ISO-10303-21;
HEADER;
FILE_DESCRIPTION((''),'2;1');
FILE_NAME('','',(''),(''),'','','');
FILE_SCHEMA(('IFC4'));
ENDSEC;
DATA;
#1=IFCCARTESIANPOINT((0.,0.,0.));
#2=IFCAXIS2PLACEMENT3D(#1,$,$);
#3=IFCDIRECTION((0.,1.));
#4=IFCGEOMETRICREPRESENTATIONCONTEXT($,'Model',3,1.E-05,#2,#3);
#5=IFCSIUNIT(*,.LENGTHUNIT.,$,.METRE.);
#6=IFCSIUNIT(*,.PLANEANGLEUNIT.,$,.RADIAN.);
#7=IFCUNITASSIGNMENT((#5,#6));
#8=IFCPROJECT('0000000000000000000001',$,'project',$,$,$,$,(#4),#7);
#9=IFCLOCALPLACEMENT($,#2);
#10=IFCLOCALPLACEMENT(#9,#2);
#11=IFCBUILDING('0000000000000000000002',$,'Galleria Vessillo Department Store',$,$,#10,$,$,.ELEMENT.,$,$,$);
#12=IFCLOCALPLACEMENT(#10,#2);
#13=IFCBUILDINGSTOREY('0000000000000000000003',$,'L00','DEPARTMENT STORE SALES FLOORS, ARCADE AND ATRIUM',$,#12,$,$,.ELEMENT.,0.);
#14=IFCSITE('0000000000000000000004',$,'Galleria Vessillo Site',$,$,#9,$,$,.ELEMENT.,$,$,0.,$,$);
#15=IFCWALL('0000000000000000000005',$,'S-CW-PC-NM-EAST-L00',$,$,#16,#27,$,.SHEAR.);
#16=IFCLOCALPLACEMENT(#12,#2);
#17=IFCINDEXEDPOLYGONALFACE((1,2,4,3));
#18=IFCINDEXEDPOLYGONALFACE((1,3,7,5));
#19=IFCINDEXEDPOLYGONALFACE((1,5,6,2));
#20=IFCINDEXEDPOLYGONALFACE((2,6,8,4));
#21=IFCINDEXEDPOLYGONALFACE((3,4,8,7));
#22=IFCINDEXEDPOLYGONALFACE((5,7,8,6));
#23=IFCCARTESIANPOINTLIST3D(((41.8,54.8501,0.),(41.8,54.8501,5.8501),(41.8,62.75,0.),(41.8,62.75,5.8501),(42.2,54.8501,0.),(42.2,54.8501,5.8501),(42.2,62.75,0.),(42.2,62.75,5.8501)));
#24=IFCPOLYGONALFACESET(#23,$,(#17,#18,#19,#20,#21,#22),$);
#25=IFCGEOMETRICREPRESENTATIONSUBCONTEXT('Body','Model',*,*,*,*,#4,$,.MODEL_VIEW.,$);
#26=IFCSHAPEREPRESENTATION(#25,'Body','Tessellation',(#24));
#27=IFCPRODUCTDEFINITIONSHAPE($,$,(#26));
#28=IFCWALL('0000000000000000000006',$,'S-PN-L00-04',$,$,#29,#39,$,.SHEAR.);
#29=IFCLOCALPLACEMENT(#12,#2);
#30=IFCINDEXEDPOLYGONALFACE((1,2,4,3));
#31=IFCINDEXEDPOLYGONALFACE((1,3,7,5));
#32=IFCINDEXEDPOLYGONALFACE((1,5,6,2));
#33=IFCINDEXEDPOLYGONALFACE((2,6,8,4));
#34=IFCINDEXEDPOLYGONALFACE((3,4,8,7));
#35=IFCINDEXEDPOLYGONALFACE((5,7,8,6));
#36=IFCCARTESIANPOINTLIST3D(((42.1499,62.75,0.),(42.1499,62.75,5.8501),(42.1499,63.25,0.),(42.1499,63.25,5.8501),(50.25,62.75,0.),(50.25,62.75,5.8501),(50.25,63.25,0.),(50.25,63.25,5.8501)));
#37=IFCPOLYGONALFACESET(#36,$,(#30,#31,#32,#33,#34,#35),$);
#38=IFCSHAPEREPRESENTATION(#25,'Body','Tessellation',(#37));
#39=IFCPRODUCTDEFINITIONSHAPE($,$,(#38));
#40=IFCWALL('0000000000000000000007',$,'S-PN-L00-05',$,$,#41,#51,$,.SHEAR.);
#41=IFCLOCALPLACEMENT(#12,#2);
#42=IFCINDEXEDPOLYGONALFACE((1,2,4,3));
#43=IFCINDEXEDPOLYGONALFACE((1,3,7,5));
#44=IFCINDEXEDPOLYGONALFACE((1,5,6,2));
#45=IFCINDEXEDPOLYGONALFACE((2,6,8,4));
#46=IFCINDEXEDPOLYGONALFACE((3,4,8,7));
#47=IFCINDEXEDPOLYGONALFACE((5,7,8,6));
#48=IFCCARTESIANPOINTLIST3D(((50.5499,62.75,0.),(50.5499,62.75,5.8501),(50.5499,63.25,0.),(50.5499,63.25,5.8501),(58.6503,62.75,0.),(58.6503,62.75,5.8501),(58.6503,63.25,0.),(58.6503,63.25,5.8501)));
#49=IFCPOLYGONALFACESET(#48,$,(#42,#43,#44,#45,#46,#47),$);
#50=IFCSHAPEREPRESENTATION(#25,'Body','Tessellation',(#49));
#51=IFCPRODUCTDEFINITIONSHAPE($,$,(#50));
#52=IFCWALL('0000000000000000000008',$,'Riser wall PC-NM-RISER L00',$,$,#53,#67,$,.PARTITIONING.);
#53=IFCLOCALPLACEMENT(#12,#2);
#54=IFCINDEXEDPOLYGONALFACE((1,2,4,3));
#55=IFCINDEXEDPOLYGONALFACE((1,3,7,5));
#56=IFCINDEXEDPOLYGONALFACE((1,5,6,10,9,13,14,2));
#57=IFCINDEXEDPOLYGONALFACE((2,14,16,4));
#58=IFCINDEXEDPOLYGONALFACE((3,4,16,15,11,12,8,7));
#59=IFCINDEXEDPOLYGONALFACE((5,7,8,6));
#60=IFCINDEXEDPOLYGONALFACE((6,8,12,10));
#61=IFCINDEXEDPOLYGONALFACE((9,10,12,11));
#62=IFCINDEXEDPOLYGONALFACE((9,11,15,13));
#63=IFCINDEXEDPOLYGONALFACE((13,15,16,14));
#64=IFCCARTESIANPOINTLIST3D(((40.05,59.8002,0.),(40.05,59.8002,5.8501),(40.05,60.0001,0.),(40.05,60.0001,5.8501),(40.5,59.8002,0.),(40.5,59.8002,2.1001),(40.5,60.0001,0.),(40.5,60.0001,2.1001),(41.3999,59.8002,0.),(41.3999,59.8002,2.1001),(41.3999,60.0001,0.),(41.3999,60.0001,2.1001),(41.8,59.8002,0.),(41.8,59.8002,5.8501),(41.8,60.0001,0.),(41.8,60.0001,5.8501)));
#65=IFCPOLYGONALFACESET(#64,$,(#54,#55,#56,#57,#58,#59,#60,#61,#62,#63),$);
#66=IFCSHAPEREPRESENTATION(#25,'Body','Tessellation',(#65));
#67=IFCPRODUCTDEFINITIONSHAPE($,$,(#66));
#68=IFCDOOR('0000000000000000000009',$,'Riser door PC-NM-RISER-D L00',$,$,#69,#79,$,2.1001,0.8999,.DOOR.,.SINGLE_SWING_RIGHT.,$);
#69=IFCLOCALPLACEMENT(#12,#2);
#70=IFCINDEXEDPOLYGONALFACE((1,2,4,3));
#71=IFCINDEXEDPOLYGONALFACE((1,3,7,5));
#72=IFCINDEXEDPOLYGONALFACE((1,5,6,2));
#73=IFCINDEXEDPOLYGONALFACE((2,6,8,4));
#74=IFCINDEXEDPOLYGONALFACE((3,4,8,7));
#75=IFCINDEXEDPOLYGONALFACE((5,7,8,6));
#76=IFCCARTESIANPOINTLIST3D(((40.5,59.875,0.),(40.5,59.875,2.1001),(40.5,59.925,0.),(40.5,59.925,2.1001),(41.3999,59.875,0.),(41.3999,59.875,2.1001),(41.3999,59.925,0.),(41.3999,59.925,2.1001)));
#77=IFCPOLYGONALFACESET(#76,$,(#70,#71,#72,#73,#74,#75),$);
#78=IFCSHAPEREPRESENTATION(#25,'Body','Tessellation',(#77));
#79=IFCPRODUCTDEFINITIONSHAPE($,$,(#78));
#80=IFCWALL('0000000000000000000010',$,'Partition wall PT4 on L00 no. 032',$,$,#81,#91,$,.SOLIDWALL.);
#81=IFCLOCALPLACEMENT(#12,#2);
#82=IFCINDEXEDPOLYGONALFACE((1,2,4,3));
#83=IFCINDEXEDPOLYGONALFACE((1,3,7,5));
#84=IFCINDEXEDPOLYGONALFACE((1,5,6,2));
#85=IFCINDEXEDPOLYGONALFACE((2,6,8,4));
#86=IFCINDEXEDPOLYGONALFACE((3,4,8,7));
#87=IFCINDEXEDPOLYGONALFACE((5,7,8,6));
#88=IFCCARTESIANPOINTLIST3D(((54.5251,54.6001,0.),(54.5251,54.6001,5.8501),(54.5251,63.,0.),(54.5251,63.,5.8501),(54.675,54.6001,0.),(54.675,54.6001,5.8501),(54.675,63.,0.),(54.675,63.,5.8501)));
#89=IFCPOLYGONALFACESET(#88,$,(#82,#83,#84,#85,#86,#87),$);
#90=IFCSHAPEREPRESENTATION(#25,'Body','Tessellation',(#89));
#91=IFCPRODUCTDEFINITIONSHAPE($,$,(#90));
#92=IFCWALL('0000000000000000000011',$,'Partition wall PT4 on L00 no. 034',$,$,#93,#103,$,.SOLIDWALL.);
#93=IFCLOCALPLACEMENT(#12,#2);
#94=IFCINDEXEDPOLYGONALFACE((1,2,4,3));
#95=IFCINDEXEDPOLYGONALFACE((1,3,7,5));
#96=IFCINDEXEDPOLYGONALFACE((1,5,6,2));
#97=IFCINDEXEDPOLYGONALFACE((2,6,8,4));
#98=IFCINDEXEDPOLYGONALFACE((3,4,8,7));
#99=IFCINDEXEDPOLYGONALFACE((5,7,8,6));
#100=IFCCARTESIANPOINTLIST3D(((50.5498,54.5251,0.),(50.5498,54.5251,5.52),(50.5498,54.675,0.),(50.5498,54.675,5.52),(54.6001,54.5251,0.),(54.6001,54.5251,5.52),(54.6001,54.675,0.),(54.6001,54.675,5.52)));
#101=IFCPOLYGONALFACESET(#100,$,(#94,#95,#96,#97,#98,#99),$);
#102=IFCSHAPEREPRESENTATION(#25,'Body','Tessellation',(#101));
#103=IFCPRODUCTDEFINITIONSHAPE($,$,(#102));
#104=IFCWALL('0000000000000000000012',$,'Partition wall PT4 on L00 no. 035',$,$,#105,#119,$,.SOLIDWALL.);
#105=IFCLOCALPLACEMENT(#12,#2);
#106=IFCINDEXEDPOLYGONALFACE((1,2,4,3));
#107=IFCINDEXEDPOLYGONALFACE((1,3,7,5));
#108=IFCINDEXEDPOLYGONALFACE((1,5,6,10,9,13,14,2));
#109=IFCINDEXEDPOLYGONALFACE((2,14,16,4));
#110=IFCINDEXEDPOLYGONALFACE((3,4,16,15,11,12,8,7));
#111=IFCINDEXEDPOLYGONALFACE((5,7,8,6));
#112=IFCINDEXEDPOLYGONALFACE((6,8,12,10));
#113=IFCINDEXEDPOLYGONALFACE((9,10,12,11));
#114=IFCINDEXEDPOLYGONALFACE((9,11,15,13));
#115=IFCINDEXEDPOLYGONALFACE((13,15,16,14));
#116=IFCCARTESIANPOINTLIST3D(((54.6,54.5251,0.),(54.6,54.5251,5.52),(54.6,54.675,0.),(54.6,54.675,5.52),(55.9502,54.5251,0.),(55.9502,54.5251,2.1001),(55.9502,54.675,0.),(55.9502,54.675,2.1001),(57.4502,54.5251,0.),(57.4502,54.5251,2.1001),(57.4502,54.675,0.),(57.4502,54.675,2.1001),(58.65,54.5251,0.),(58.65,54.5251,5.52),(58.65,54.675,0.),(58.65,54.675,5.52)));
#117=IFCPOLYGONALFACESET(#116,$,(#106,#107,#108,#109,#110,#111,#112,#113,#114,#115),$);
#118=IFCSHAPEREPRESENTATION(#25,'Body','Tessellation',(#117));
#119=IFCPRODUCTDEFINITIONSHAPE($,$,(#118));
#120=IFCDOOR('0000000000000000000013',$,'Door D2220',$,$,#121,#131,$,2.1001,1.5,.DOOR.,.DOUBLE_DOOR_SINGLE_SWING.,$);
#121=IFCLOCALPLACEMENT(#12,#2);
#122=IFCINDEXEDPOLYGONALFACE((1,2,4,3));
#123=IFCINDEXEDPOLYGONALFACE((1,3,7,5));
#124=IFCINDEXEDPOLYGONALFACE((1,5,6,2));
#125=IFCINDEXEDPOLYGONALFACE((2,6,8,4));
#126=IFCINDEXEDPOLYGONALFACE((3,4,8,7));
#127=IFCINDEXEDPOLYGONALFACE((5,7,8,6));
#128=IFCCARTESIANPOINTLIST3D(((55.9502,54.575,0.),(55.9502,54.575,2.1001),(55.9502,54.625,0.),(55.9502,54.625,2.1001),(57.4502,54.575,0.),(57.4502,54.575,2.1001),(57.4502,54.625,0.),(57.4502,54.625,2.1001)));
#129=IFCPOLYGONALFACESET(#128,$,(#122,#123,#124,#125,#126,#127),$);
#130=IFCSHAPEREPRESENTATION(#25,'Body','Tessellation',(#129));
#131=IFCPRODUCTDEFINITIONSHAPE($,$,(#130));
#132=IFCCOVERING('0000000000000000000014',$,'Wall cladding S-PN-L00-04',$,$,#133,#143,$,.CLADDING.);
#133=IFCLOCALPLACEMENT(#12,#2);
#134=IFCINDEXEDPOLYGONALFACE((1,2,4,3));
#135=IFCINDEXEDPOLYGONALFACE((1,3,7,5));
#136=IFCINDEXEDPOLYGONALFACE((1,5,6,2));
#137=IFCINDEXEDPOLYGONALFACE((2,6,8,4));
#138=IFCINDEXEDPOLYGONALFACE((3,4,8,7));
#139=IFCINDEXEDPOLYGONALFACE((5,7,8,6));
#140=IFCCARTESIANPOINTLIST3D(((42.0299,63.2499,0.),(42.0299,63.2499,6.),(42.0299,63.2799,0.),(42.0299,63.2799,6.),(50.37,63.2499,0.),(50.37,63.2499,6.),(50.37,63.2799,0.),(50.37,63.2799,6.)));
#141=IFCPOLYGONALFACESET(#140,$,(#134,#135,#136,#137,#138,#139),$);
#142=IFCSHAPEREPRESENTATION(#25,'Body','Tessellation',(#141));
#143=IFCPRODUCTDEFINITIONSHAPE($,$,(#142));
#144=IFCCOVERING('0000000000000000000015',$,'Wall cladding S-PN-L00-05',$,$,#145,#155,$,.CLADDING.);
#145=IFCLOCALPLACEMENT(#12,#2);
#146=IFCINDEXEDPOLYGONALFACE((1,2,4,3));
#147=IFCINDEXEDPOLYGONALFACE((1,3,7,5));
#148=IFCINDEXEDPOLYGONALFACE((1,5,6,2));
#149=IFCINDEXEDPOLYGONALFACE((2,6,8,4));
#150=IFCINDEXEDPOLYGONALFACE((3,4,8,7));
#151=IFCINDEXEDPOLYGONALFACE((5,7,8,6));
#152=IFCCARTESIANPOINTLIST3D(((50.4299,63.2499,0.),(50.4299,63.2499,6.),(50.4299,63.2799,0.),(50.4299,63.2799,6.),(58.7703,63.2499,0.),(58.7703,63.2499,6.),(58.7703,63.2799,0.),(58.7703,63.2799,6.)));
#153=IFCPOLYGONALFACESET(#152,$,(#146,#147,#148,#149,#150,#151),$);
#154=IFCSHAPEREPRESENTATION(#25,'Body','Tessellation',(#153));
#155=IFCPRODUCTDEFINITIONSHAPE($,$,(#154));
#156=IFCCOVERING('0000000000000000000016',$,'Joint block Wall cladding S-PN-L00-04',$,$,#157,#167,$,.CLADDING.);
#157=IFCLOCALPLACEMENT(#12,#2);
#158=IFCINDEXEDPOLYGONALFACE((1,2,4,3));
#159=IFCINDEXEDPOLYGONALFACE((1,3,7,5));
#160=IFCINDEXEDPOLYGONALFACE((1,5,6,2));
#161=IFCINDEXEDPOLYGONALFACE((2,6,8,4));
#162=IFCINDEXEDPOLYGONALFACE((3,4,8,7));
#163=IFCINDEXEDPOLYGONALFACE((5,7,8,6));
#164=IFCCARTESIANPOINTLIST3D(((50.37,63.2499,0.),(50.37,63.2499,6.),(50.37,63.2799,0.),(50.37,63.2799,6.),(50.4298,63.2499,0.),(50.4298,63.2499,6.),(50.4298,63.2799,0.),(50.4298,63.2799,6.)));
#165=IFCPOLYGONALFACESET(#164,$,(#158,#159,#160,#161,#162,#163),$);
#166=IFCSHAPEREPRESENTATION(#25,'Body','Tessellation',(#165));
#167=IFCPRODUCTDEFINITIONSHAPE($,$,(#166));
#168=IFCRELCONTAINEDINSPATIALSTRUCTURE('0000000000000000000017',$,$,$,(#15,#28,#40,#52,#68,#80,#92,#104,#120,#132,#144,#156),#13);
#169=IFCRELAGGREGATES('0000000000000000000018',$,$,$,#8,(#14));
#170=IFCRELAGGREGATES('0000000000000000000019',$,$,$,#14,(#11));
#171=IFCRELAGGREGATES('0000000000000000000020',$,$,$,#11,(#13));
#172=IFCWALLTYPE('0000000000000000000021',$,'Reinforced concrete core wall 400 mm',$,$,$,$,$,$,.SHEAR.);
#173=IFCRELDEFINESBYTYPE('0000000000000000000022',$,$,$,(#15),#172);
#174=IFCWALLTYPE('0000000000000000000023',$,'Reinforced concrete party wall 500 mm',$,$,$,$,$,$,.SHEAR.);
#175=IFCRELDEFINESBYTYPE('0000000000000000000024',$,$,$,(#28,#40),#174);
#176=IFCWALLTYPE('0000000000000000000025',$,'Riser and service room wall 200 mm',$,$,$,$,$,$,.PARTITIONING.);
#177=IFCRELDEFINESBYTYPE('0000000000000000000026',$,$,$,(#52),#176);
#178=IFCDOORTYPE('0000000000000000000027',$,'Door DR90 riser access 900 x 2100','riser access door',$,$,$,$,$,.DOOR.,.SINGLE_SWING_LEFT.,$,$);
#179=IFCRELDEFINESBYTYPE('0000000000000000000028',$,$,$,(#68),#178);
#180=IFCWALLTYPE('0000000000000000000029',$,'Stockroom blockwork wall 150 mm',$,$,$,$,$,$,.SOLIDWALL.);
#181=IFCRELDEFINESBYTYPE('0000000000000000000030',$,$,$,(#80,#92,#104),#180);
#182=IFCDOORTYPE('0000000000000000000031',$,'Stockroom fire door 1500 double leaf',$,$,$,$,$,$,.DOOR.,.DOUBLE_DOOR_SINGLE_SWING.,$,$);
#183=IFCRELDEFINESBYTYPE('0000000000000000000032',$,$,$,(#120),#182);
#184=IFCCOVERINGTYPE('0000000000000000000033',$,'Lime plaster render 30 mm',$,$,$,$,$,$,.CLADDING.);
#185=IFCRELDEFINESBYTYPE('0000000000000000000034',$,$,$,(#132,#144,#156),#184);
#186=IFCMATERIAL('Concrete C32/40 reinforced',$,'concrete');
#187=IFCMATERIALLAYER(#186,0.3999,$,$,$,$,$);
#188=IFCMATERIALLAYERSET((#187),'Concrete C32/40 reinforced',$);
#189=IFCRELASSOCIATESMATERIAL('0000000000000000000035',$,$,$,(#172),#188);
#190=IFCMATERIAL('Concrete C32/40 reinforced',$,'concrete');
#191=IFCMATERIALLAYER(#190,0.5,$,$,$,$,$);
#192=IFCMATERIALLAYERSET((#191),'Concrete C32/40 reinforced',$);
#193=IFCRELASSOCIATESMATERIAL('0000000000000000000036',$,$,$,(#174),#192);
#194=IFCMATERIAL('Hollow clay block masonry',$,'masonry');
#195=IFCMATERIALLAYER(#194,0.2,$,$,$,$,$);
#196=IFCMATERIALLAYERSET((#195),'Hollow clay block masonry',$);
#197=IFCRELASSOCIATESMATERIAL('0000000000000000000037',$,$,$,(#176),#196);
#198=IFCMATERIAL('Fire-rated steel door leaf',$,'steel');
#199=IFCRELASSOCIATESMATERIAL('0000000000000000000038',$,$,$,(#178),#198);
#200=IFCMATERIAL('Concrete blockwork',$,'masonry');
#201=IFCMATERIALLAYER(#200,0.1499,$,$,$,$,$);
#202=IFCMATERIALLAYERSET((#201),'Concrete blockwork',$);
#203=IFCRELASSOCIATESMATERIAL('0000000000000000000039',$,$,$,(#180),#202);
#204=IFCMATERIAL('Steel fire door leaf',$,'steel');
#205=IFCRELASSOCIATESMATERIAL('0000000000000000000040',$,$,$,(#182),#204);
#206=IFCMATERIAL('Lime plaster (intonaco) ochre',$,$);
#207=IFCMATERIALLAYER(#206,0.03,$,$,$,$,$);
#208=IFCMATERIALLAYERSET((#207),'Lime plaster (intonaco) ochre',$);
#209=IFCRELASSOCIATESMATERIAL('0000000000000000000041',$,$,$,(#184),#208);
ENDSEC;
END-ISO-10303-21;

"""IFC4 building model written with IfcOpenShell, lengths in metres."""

from ifc_helpers import new_model, si_unit, direction, frame, frame_2d, origin, origin_2d, place, context, subcontext, project, spatial, rectangle, extrude, material, layer, layer_set, type_object, element, fill, save


model = new_model("IFC4")

# Units and contexts
model_context = context("Model", 3, precision=1e-05, world=origin(), true_north=direction((0.0, 1.0)))
body_context = subcontext(model_context, "Body", "Model", "MODEL_VIEW")
ifc_project = project(units=[si_unit("LENGTHUNIT", "METRE"), si_unit("PLANEANGLEUNIT", "RADIAN")], contexts=[model_context])

# Site, building, storey
site_placement = place(None, origin())
site = spatial("IfcSite", under=ifc_project, at=site_placement, Name="Galleria Vessillo Site", CompositionType="ELEMENT", RefElevation=0.0)
building_placement = place(site_placement, origin())
building = spatial("IfcBuilding", under=site, at=building_placement, Name="Galleria Vessillo Department Store", CompositionType="ELEMENT")
storey_placement = place(building_placement, origin())
storey = spatial("IfcBuildingStorey", under=building, at=storey_placement, Name="L00", Description="DEPARTMENT STORE SALES FLOORS, ARCADE AND ATRIUM", CompositionType="ELEMENT", Elevation=0.0)

# Walls
ifc_material_1 = material(Name="Concrete C32/40 reinforced", Category="concrete")
ifc_layer_1 = layer(ifc_material_1, 0.3999)
ifc_layer_set_1 = layer_set([ifc_layer_1], Name="Concrete C32/40 reinforced")
wall_type_1 = type_object("IfcWallType", Name="Reinforced concrete core wall 400 mm", PredefinedType="SHEAR", material=ifc_layer_set_1)
wall_1_placement = place(storey_placement, frame((42.0, 54.8501, 0.0), z_axis=(0.0, 0.0, 1.0), x_axis=(0.0, 1.0, 0.0)))
element("IfcWall", 1, at=wall_1_placement, inside=storey, type_object=wall_type_1, Name="S-CW-PC-NM-EAST-L00", PredefinedType="SHEAR", context=body_context, shape_type="SweptSolid", body=[
    extrude(rectangle(XDim=7.8999, YDim=0.3999, at=frame_2d((3.95, 0.0))), origin(), (0.0, 0.0, 1.0), 5.8501),
])
ifc_material_2 = material(Name="Concrete C32/40 reinforced", Category="concrete")
ifc_layer_2 = layer(ifc_material_2, 0.5)
ifc_layer_set_2 = layer_set([ifc_layer_2], Name="Concrete C32/40 reinforced")
wall_type_2 = type_object("IfcWallType", Name="Reinforced concrete party wall 500 mm", PredefinedType="SHEAR", material=ifc_layer_set_2)
wall_2_placement = place(storey_placement, frame((42.1499, 63.0, 0.0), z_axis=(0.0, 0.0, 1.0), x_axis=(1.0, 0.0, 0.0)))
element("IfcWall", 2, at=wall_2_placement, inside=storey, type_object=wall_type_2, Name="S-PN-L00-04", PredefinedType="SHEAR", context=body_context, shape_type="SweptSolid", body=[
    extrude(rectangle(XDim=8.1001, YDim=0.5, at=frame_2d((4.05, 0.0))), origin(), (0.0, 0.0, 1.0), 5.8501),
])
wall_3_placement = place(storey_placement, frame((50.5498, 63.0, 0.0), z_axis=(0.0, 0.0, 1.0), x_axis=(1.0, 0.0, 0.0)))
element("IfcWall", 3, at=wall_3_placement, inside=storey, type_object=wall_type_2, Name="S-PN-L00-05", PredefinedType="SHEAR", context=body_context, shape_type="SweptSolid", body=[
    extrude(rectangle(XDim=8.1003, YDim=0.5, at=frame_2d((4.0503, 0.0))), origin(), (0.0, 0.0, 1.0), 5.8501),
])

# Wall, opening, door
ifc_material_3 = material(Name="Hollow clay block masonry", Category="masonry")
ifc_layer_3 = layer(ifc_material_3, 0.2)
ifc_layer_set_3 = layer_set([ifc_layer_3], Name="Hollow clay block masonry")
wall_type_3 = type_object("IfcWallType", Name="Riser and service room wall 200 mm", PredefinedType="PARTITIONING", material=ifc_layer_set_3)
wall_4_placement = place(storey_placement, frame((40.05, 59.9001, 0.0), z_axis=(0.0, 0.0, 1.0), x_axis=(1.0, 0.0, 0.0)))
wall_4 = element("IfcWall", 4, at=wall_4_placement, inside=storey, type_object=wall_type_3, Name="Riser wall PC-NM-RISER L00", PredefinedType="PARTITIONING", context=body_context, shape_type="SweptSolid", body=[
    extrude(rectangle(XDim=1.75, YDim=0.2, at=frame_2d((0.875, 0.0))), origin(), (0.0, 0.0, 1.0), 5.8501),
])
opening_1_placement = place(wall_4_placement, frame((0.45, 0.0, 0.0)))
opening_1 = element("IfcOpeningElement", 5, at=opening_1_placement, cuts=wall_4, PredefinedType="OPENING", context=body_context, shape_type="SweptSolid", body=[
    extrude(rectangle(XDim=0.8999, YDim=2.1001, at=frame_2d((0.45, 1.05))), frame((0.0, 0.1099, 0.0), z_axis=(0.0, -1.0, 0.0), x_axis=(1.0, 0.0, 0.0)), (0.0, 0.0, 1.0), 0.22),
])
ifc_material_4 = material(Name="Fire-rated steel door leaf", Category="steel")
door_type_1 = type_object("IfcDoorType", Name="Door DR90 riser access 900 x 2100", Description="riser access door", OperationType="SINGLE_SWING_LEFT", PredefinedType="DOOR", material=ifc_material_4)
door_1_placement = place(opening_1_placement, origin())
door_1 = element("IfcDoor", 6, at=door_1_placement, inside=storey, type_object=door_type_1, Name="Riser door PC-NM-RISER-D L00", OperationType="SINGLE_SWING_RIGHT", OverallHeight=2.1001, OverallWidth=0.8999, PredefinedType="DOOR", context=body_context, shape_type="SweptSolid", body=[
    extrude(rectangle(XDim=0.8999, YDim=2.1001, at=frame_2d((0.45, 1.05))), frame((0.0, 0.0249, 0.0), z_axis=(0.0, -1.0, 0.0), x_axis=(1.0, 0.0, 0.0)), (0.0, 0.0, 1.0), 0.05),
])
fill(opening_1, door_1)

# Walls
ifc_material_5 = material(Name="Concrete blockwork", Category="masonry")
ifc_layer_4 = layer(ifc_material_5, 0.1499)
ifc_layer_set_4 = layer_set([ifc_layer_4], Name="Concrete blockwork")
wall_type_4 = type_object("IfcWallType", Name="Stockroom blockwork wall 150 mm", PredefinedType="SOLIDWALL", material=ifc_layer_set_4)
wall_5_placement = place(storey_placement, frame((54.6001, 54.6001, 0.0), z_axis=(0.0, 0.0, 1.0), x_axis=(0.0, 1.0, 0.0)))
element("IfcWall", 7, at=wall_5_placement, inside=storey, type_object=wall_type_4, Name="Partition wall PT4 on L00 no. 032", PredefinedType="SOLIDWALL", context=body_context, shape_type="SweptSolid", body=[
    extrude(rectangle(XDim=8.3999, YDim=0.1499, at=frame_2d((4.2, 0.0))), origin(), (0.0, 0.0, 1.0), 5.8501),
])
wall_6_placement = place(storey_placement, frame((50.5498, 54.6001, 0.0), z_axis=(0.0, 0.0, 1.0), x_axis=(1.0, 0.0, 0.0)))
element("IfcWall", 8, at=wall_6_placement, inside=storey, type_object=wall_type_4, Name="Partition wall PT4 on L00 no. 034", PredefinedType="SOLIDWALL", context=body_context, shape_type="SweptSolid", body=[
    extrude(rectangle(XDim=4.0503, YDim=0.1499, at=frame_2d((2.0251, 0.0))), origin(), (0.0, 0.0, 1.0), 5.52),
])

# Wall, opening, door
wall_7_placement = place(storey_placement, frame((54.6001, 54.6001, 0.0), z_axis=(0.0, 0.0, 1.0), x_axis=(1.0, 0.0, 0.0)))
wall_7 = element("IfcWall", 9, at=wall_7_placement, inside=storey, type_object=wall_type_4, Name="Partition wall PT4 on L00 no. 035", PredefinedType="SOLIDWALL", context=body_context, shape_type="SweptSolid", body=[
    extrude(rectangle(XDim=4.05, YDim=0.1499, at=frame_2d((2.0249, 0.0))), origin(), (0.0, 0.0, 1.0), 5.52),
])
opening_2_placement = place(wall_7_placement, frame((1.3501, 0.0, 0.0)))
opening_2 = element("IfcOpeningElement", 10, at=opening_2_placement, cuts=wall_7, PredefinedType="OPENING", context=body_context, shape_type="SweptSolid", body=[
    extrude(rectangle(XDim=1.5, YDim=2.1001, at=frame_2d((0.75, 1.05))), frame((0.0, 0.085, 0.0), z_axis=(0.0, -1.0, 0.0), x_axis=(1.0, 0.0, 0.0)), (0.0, 0.0, 1.0), 0.1699),
])
ifc_material_6 = material(Name="Steel fire door leaf", Category="steel")
door_type_2 = type_object("IfcDoorType", Name="Stockroom fire door 1500 double leaf", OperationType="DOUBLE_DOOR_SINGLE_SWING", PredefinedType="DOOR", material=ifc_material_6)
door_2_placement = place(opening_2_placement, origin())
door_2 = element("IfcDoor", 11, at=door_2_placement, inside=storey, type_object=door_type_2, Name="Door D2220", OperationType="DOUBLE_DOOR_SINGLE_SWING", OverallHeight=2.1001, OverallWidth=1.5, PredefinedType="DOOR", context=body_context, shape_type="SweptSolid", body=[
    extrude(rectangle(XDim=1.5, YDim=2.1001, at=frame_2d((0.75, 1.05))), frame((0.0, 0.0249, 0.0), z_axis=(0.0, -1.0, 0.0), x_axis=(1.0, 0.0, 0.0)), (0.0, 0.0, 1.0), 0.05),
])
fill(opening_2, door_2)

# Coverings
ifc_material_7 = material(Name="Lime plaster (intonaco) ochre")
ifc_layer_5 = layer(ifc_material_7, 0.03)
ifc_layer_set_5 = layer_set([ifc_layer_5], Name="Lime plaster (intonaco) ochre")
covering_type = type_object("IfcCoveringType", Name="Lime plaster render 30 mm", PredefinedType="CLADDING", material=ifc_layer_set_5)
covering_1_placement = place(storey_placement, frame((46.2, 63.2649, 0.0), z_axis=(0.0, 0.0, 1.0), x_axis=(1.0, 0.0, 0.0)))
element("IfcCovering", 12, at=covering_1_placement, inside=storey, type_object=covering_type, Name="Wall cladding S-PN-L00-04", PredefinedType="CLADDING", context=body_context, shape_type="SweptSolid", body=[
    extrude(rectangle(XDim=8.3401, YDim=0.03, at=origin_2d()), origin(), (0.0, 0.0, 1.0), 6.0),
])
covering_2_placement = place(storey_placement, frame((54.6001, 63.2649, 0.0), z_axis=(0.0, 0.0, 1.0), x_axis=(1.0, 0.0, 0.0)))
element("IfcCovering", 13, at=covering_2_placement, inside=storey, type_object=covering_type, Name="Wall cladding S-PN-L00-05", PredefinedType="CLADDING", context=body_context, shape_type="SweptSolid", body=[
    extrude(rectangle(XDim=8.3403, YDim=0.03, at=origin_2d()), origin(), (0.0, 0.0, 1.0), 6.0),
])
covering_3_placement = place(storey_placement, frame((50.3999, 63.2649, 0.0), z_axis=(0.0, 0.0, 1.0), x_axis=(1.0, 0.0, 0.0)))
element("IfcCovering", 14, at=covering_3_placement, inside=storey, type_object=covering_type, Name="Joint block Wall cladding S-PN-L00-04", PredefinedType="CLADDING", context=body_context, shape_type="SweptSolid", body=[
    extrude(rectangle(XDim=0.0598, YDim=0.03, at=origin_2d()), origin(), (0.0, 0.0, 1.0), 6.0),
])

save(model, "model.ifc")
